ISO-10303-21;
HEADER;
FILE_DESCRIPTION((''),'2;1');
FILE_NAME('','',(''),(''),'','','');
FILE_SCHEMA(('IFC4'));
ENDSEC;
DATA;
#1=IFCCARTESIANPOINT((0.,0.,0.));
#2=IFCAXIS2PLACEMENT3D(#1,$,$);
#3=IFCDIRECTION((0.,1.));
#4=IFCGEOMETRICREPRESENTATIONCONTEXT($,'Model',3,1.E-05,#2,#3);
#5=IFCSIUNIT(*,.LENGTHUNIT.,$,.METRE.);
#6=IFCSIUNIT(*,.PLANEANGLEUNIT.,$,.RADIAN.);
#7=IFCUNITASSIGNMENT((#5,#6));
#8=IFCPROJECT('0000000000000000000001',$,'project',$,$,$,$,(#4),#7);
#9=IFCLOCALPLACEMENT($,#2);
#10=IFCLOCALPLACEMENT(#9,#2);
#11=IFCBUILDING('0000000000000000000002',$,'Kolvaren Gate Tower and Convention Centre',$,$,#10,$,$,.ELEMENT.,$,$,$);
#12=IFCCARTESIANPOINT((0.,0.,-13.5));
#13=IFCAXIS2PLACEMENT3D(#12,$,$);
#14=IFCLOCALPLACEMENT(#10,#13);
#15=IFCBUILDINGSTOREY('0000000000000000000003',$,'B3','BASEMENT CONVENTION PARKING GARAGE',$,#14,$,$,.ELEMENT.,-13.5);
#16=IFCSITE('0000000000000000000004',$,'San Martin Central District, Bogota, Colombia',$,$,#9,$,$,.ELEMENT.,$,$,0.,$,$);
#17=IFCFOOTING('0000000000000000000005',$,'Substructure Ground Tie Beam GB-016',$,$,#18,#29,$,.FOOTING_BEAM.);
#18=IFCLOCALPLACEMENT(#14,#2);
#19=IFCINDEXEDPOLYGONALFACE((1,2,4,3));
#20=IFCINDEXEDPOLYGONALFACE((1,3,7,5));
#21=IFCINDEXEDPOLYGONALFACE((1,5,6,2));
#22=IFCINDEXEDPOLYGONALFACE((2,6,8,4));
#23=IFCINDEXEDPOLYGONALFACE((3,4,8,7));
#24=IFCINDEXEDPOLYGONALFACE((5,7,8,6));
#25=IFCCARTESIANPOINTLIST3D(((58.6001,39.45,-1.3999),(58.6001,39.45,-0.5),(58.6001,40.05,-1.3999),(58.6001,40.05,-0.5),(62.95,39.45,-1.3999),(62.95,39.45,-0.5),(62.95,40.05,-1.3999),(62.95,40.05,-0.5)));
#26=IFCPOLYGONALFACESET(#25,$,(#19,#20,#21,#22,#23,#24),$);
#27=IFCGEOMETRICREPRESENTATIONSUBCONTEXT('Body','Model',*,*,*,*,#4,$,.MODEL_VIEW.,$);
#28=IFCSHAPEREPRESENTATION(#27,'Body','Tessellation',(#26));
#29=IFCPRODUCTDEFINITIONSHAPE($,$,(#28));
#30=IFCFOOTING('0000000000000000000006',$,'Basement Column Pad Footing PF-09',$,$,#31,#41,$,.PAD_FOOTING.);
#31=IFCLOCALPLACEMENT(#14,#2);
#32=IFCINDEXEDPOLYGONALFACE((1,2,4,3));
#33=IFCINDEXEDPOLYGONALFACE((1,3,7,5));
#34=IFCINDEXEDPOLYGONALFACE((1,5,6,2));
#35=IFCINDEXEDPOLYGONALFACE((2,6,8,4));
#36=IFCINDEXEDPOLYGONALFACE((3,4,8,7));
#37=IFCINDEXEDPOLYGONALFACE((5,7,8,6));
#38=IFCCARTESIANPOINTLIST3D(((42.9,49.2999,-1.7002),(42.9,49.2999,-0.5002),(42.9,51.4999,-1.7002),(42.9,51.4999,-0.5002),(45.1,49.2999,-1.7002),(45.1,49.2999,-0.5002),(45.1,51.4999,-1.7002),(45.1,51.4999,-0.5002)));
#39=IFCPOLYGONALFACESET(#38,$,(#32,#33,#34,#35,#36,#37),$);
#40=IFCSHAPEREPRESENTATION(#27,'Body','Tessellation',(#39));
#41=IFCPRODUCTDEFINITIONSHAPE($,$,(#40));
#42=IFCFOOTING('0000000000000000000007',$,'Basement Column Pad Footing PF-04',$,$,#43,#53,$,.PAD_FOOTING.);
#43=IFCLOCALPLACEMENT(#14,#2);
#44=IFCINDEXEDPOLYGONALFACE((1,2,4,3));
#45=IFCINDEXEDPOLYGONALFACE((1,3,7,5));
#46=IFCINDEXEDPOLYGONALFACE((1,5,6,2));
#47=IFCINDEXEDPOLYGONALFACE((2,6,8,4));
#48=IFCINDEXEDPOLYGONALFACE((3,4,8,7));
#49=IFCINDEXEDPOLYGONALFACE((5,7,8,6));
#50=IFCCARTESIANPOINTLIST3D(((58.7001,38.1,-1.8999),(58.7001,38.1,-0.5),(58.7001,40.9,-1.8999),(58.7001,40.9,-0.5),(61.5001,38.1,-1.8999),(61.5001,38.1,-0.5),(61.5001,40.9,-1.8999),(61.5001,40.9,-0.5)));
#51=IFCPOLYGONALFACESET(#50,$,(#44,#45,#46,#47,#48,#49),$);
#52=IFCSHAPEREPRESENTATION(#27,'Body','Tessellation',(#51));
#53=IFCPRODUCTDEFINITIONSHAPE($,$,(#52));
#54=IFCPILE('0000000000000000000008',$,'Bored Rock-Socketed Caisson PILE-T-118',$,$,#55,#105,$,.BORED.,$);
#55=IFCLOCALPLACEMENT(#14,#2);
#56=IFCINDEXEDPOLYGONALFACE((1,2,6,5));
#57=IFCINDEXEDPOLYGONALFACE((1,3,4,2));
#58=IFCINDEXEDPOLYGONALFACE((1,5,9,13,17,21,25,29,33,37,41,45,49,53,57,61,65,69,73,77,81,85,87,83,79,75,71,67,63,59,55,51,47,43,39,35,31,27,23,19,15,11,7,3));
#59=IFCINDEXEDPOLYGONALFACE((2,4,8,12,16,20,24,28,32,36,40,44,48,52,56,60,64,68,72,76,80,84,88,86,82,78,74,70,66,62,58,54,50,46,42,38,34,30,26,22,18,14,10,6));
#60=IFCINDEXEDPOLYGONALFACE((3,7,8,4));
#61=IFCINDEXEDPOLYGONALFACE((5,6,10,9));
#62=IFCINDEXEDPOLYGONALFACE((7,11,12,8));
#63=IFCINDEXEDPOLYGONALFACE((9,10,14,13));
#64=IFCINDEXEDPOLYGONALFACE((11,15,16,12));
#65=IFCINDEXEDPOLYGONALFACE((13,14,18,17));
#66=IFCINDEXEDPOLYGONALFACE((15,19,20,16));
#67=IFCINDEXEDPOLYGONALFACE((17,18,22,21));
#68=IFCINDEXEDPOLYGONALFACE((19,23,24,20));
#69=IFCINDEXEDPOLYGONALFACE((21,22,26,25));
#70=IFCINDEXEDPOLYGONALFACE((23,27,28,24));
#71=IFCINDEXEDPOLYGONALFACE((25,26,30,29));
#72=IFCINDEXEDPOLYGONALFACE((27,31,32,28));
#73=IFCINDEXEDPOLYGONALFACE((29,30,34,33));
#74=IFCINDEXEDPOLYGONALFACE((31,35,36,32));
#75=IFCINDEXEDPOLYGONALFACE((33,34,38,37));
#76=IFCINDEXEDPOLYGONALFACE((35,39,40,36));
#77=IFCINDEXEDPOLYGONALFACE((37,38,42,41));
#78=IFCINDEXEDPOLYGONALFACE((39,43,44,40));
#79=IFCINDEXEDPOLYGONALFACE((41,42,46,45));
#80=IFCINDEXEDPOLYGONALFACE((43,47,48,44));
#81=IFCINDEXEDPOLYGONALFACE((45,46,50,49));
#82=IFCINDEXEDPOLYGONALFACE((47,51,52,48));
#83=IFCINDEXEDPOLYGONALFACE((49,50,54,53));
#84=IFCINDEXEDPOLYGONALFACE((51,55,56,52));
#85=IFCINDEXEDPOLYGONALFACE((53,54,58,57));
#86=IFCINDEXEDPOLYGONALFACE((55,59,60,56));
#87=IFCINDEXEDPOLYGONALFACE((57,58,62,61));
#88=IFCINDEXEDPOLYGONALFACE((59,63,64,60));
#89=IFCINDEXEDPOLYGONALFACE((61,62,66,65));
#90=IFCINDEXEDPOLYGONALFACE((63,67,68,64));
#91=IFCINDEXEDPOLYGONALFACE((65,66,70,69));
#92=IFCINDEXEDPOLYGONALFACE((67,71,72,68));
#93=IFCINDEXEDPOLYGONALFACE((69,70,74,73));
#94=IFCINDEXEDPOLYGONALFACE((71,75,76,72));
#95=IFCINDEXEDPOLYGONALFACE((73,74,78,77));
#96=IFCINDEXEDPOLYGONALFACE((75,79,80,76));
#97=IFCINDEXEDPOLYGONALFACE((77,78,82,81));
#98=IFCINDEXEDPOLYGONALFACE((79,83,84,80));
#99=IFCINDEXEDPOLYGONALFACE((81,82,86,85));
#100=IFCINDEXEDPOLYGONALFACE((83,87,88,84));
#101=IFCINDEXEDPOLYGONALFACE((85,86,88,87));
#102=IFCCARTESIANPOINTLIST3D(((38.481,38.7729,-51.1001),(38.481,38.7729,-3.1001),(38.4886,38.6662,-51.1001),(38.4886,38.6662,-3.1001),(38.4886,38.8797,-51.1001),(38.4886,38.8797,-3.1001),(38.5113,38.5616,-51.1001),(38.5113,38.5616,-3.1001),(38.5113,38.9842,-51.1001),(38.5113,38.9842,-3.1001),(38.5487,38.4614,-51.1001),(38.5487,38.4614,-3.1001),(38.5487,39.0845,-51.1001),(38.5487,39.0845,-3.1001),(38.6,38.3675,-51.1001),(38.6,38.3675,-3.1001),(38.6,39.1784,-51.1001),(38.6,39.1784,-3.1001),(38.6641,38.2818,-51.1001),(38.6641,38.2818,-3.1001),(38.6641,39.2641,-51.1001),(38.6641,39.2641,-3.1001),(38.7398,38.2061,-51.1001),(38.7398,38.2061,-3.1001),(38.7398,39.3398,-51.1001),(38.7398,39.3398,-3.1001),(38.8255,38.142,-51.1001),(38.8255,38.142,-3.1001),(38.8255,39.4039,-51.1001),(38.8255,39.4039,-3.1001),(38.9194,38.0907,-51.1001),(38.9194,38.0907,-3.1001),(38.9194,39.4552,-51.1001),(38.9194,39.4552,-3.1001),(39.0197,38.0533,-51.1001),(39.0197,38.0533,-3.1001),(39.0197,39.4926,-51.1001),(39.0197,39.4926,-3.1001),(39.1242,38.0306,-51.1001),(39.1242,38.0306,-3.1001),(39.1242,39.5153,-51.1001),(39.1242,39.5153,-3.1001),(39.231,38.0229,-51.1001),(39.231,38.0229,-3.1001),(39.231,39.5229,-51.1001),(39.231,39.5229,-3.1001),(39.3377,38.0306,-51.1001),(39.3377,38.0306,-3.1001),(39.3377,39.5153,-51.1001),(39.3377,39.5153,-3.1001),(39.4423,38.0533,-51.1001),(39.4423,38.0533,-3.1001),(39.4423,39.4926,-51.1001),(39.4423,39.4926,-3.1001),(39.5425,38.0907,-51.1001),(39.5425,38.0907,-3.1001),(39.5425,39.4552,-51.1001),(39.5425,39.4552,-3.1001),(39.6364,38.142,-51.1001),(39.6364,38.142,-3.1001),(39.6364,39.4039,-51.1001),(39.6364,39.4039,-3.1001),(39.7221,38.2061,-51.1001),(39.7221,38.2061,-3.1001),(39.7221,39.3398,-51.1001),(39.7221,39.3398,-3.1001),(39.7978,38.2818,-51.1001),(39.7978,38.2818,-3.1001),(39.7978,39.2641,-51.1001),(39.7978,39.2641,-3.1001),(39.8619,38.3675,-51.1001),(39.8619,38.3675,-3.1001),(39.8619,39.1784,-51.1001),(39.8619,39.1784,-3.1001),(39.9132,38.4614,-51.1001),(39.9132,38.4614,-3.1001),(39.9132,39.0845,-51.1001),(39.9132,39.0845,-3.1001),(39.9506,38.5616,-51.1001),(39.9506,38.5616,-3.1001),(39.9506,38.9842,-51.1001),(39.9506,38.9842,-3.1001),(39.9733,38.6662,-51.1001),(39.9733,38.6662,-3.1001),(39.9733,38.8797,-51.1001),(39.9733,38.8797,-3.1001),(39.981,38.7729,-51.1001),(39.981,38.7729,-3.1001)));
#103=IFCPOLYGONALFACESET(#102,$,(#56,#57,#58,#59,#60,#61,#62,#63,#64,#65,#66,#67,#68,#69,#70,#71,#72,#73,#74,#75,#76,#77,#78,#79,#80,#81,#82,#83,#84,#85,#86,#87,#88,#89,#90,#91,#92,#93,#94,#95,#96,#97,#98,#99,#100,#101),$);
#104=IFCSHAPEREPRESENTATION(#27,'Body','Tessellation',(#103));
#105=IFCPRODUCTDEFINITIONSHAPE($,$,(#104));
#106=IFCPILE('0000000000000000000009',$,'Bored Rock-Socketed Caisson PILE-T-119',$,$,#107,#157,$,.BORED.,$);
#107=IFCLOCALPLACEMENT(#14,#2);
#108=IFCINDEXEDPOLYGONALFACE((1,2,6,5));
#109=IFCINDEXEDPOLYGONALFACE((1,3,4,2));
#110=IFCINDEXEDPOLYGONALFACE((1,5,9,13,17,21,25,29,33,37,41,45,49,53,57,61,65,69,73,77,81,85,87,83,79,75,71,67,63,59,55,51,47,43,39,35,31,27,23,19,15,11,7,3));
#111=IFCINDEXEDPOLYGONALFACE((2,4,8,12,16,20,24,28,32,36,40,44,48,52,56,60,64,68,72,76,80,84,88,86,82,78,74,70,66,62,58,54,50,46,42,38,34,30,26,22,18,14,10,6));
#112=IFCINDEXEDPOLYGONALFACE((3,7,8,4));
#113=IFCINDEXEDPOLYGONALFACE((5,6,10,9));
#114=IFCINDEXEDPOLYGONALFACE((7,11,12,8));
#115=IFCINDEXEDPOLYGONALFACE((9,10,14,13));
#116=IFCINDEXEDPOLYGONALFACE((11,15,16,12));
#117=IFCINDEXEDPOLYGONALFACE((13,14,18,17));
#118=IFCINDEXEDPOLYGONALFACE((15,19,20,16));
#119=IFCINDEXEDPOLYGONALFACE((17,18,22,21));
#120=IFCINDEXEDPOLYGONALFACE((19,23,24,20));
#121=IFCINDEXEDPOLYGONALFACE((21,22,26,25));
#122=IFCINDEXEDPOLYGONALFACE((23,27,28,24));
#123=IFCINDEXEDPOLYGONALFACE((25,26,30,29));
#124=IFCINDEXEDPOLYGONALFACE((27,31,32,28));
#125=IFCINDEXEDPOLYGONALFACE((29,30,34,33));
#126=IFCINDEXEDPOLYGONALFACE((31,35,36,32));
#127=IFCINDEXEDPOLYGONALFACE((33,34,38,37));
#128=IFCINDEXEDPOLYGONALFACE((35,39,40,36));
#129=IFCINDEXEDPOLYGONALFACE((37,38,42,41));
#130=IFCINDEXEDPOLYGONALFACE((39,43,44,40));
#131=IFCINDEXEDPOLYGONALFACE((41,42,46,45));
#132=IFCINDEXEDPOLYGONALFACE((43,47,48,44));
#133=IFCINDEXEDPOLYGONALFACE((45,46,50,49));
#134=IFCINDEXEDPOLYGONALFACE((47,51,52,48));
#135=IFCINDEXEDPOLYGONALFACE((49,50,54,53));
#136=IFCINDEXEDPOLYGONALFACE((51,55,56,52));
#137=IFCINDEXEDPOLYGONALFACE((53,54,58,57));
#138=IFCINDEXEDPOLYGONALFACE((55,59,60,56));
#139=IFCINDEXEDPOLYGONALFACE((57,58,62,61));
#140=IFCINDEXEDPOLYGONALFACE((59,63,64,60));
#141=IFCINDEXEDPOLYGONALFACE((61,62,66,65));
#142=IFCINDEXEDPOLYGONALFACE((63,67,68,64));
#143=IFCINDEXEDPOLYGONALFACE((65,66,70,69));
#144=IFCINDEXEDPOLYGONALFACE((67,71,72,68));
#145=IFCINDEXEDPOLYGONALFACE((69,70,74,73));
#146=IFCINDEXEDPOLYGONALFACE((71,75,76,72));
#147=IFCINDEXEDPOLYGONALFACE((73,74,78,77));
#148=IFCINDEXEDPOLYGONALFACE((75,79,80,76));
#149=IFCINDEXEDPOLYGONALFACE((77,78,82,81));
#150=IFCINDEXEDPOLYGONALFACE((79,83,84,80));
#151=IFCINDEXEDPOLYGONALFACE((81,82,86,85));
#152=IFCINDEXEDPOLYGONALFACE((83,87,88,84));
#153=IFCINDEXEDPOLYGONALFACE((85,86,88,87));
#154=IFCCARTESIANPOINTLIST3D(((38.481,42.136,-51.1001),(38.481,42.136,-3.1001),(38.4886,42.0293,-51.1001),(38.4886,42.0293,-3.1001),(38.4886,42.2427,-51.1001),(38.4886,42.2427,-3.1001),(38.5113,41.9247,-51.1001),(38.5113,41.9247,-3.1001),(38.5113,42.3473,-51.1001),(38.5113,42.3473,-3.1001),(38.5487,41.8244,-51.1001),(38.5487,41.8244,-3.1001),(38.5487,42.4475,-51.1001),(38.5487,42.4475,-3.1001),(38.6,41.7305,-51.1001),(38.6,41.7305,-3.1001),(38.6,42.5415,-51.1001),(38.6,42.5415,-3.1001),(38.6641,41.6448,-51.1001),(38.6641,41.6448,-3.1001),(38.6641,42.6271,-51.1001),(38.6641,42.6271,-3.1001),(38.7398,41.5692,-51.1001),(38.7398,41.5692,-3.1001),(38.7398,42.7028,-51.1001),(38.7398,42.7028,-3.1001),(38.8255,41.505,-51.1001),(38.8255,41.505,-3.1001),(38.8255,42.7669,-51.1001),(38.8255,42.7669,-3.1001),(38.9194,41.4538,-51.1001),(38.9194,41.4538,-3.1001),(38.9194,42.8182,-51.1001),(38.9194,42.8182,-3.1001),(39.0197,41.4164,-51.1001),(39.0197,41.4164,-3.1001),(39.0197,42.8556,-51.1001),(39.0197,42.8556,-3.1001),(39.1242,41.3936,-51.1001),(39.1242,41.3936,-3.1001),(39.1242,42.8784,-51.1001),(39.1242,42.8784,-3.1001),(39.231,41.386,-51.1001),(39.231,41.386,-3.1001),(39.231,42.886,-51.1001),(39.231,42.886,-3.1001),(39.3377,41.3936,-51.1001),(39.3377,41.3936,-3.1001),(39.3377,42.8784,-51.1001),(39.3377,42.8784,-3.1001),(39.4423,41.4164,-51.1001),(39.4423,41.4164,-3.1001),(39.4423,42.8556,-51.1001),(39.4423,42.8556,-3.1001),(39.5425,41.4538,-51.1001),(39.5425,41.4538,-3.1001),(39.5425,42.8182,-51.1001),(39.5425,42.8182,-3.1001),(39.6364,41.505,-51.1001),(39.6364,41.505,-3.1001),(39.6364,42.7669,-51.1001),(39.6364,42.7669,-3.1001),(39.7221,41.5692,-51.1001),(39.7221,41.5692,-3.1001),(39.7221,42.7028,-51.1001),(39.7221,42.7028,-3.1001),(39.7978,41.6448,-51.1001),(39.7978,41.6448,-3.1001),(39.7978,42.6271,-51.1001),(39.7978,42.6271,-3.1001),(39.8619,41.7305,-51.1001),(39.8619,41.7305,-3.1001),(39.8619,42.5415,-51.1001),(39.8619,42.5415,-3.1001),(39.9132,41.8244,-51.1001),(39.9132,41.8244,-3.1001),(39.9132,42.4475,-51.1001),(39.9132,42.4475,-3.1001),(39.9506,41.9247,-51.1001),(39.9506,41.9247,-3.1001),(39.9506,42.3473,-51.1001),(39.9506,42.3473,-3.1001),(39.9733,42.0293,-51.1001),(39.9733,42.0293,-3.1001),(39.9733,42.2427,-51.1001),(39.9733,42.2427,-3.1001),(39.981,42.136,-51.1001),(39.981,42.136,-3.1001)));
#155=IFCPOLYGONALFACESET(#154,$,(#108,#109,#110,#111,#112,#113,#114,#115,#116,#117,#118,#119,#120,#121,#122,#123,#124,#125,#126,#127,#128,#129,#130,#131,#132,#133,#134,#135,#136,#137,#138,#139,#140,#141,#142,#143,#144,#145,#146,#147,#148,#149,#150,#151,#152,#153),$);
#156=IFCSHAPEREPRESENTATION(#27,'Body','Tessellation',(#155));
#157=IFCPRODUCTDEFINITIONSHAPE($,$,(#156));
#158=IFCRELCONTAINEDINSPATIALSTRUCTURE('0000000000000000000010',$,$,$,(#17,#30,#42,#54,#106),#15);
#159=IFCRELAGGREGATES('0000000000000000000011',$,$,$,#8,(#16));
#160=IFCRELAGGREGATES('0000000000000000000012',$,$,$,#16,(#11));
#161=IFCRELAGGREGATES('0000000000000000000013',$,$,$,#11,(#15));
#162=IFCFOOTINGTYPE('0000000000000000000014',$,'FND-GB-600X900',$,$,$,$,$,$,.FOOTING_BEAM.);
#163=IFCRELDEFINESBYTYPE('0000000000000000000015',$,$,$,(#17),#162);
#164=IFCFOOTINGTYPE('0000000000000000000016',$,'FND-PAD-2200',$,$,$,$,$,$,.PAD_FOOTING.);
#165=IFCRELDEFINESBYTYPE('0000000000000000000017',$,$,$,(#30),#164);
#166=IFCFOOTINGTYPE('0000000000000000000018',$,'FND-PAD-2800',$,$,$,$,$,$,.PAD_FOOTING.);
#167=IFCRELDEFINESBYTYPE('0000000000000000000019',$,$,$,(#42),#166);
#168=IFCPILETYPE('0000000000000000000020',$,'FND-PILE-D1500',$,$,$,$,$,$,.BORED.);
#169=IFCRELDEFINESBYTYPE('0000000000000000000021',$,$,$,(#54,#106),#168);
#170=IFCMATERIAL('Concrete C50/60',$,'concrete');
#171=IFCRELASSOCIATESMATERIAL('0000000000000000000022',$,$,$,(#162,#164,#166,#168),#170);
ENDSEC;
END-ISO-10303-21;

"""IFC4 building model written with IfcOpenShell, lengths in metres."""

from ifc_helpers import new_model, si_unit, direction, frame, origin, origin_2d, place, context, subcontext, project, spatial, rectangle, circle, extrude, material, material_profile, profile_set, type_object, element, save


model = new_model("IFC4")

# Units and contexts
model_context = context("Model", 3, precision=1e-05, world=origin(), true_north=direction((0.0, 1.0)))
body_context = subcontext(model_context, "Body", "Model", "MODEL_VIEW")
ifc_project = project(units=[si_unit("LENGTHUNIT", "METRE"), si_unit("PLANEANGLEUNIT", "RADIAN")], contexts=[model_context])

# Site, building, storey
site_placement = place(None, origin())
site = spatial("IfcSite", under=ifc_project, at=site_placement, Name="San Martin Central District, Bogota, Colombia", CompositionType="ELEMENT", RefElevation=0.0)
building_placement = place(site_placement, origin())
building = spatial("IfcBuilding", under=site, at=building_placement, Name="Kolvaren Gate Tower and Convention Centre", CompositionType="ELEMENT")
storey_placement = place(building_placement, frame((0.0, 0.0, -13.5)))
storey = spatial("IfcBuildingStorey", under=building, at=storey_placement, Name="B3", Description="BASEMENT CONVENTION PARKING GARAGE", CompositionType="ELEMENT", Elevation=-13.5)

# Footings
ifc_material_1 = material(Name="Concrete C50/60", Category="concrete")
ifc_material_profile_1 = material_profile(ifc_material_1, rectangle(XDim=0.6001, YDim=0.8999, at=origin_2d()), Name="RC-BM-600X900")
ifc_profile_set_1 = profile_set([ifc_material_profile_1], Name="Concrete C50/60")
footing_type_1 = type_object("IfcFootingType", Name="FND-GB-600X900", PredefinedType="FOOTING_BEAM", material=ifc_profile_set_1)
footing_1_placement = place(storey_placement, frame((58.6001, 39.75, -0.95), z_axis=(1.0, 0.0, 0.0), x_axis=(0.0, 1.0, 0.0)))
element("IfcFooting", 1, at=footing_1_placement, inside=storey, type_object=footing_type_1, Name="Substructure Ground Tie Beam GB-016", PredefinedType="FOOTING_BEAM", context=body_context, shape_type="SweptSolid", body=[
    extrude(rectangle(XDim=0.6001, YDim=0.8999, at=origin_2d()), origin(), (0.0, 0.0, 1.0), 4.3499),
])
footing_type_2 = type_object("IfcFootingType", Name="FND-PAD-2200", PredefinedType="PAD_FOOTING", material=ifc_material_1)
footing_2_placement = place(storey_placement, frame((44.0, 50.3999, -1.7002), z_axis=(0.0, 0.0, 1.0), x_axis=(1.0, 0.0, 0.0)))
element("IfcFooting", 2, at=footing_2_placement, inside=storey, type_object=footing_type_2, Name="Basement Column Pad Footing PF-09", PredefinedType="PAD_FOOTING", context=body_context, shape_type="SweptSolid", body=[
    extrude(rectangle(XDim=2.2, YDim=2.2, at=origin_2d()), origin(), (0.0, 0.0, 1.0), 1.2),
])
footing_type_3 = type_object("IfcFootingType", Name="FND-PAD-2800", PredefinedType="PAD_FOOTING", material=ifc_material_1)
footing_3_placement = place(storey_placement, frame((60.1001, 39.5, -1.8999), z_axis=(0.0, 0.0, 1.0), x_axis=(1.0, 0.0, 0.0)))
element("IfcFooting", 3, at=footing_3_placement, inside=storey, type_object=footing_type_3, Name="Basement Column Pad Footing PF-04", PredefinedType="PAD_FOOTING", context=body_context, shape_type="SweptSolid", body=[
    extrude(rectangle(XDim=2.8, YDim=2.8, at=origin_2d()), origin(), (0.0, 0.0, 1.0), 1.3999),
])

# Piles
ifc_material_profile_2 = material_profile(ifc_material_1, circle(Radius=0.75, at=origin_2d()), Name="CAISSON-D1500")
ifc_profile_set_2 = profile_set([ifc_material_profile_2], Name="Concrete C50/60")
pile_type = type_object("IfcPileType", Name="FND-PILE-D1500", PredefinedType="BORED", material=ifc_profile_set_2)
for number, where, z_axis, x_axis, name in (
    (4, (39.231, 38.7729, -3.1001), (0.0, 0.0, -1.0), (1.0, 0.0, 0.0), "Bored Rock-Socketed Caisson PILE-T-118"),
    (5, (39.231, 42.136, -3.1001), (0.0, 0.0, -1.0), (1.0, 0.0, 0.0), "Bored Rock-Socketed Caisson PILE-T-119"),
):
    element("IfcPile", number, at=place(storey_placement, frame(where, z_axis=z_axis, x_axis=x_axis)), inside=storey, type_object=pile_type, Name=name, PredefinedType="BORED", context=body_context, shape_type="SweptSolid", body=[
        extrude(circle(Radius=0.75, at=origin_2d()), origin(), (0.0, 0.0, 1.0), 48.0),
    ])

save(model, "model.ifc")
